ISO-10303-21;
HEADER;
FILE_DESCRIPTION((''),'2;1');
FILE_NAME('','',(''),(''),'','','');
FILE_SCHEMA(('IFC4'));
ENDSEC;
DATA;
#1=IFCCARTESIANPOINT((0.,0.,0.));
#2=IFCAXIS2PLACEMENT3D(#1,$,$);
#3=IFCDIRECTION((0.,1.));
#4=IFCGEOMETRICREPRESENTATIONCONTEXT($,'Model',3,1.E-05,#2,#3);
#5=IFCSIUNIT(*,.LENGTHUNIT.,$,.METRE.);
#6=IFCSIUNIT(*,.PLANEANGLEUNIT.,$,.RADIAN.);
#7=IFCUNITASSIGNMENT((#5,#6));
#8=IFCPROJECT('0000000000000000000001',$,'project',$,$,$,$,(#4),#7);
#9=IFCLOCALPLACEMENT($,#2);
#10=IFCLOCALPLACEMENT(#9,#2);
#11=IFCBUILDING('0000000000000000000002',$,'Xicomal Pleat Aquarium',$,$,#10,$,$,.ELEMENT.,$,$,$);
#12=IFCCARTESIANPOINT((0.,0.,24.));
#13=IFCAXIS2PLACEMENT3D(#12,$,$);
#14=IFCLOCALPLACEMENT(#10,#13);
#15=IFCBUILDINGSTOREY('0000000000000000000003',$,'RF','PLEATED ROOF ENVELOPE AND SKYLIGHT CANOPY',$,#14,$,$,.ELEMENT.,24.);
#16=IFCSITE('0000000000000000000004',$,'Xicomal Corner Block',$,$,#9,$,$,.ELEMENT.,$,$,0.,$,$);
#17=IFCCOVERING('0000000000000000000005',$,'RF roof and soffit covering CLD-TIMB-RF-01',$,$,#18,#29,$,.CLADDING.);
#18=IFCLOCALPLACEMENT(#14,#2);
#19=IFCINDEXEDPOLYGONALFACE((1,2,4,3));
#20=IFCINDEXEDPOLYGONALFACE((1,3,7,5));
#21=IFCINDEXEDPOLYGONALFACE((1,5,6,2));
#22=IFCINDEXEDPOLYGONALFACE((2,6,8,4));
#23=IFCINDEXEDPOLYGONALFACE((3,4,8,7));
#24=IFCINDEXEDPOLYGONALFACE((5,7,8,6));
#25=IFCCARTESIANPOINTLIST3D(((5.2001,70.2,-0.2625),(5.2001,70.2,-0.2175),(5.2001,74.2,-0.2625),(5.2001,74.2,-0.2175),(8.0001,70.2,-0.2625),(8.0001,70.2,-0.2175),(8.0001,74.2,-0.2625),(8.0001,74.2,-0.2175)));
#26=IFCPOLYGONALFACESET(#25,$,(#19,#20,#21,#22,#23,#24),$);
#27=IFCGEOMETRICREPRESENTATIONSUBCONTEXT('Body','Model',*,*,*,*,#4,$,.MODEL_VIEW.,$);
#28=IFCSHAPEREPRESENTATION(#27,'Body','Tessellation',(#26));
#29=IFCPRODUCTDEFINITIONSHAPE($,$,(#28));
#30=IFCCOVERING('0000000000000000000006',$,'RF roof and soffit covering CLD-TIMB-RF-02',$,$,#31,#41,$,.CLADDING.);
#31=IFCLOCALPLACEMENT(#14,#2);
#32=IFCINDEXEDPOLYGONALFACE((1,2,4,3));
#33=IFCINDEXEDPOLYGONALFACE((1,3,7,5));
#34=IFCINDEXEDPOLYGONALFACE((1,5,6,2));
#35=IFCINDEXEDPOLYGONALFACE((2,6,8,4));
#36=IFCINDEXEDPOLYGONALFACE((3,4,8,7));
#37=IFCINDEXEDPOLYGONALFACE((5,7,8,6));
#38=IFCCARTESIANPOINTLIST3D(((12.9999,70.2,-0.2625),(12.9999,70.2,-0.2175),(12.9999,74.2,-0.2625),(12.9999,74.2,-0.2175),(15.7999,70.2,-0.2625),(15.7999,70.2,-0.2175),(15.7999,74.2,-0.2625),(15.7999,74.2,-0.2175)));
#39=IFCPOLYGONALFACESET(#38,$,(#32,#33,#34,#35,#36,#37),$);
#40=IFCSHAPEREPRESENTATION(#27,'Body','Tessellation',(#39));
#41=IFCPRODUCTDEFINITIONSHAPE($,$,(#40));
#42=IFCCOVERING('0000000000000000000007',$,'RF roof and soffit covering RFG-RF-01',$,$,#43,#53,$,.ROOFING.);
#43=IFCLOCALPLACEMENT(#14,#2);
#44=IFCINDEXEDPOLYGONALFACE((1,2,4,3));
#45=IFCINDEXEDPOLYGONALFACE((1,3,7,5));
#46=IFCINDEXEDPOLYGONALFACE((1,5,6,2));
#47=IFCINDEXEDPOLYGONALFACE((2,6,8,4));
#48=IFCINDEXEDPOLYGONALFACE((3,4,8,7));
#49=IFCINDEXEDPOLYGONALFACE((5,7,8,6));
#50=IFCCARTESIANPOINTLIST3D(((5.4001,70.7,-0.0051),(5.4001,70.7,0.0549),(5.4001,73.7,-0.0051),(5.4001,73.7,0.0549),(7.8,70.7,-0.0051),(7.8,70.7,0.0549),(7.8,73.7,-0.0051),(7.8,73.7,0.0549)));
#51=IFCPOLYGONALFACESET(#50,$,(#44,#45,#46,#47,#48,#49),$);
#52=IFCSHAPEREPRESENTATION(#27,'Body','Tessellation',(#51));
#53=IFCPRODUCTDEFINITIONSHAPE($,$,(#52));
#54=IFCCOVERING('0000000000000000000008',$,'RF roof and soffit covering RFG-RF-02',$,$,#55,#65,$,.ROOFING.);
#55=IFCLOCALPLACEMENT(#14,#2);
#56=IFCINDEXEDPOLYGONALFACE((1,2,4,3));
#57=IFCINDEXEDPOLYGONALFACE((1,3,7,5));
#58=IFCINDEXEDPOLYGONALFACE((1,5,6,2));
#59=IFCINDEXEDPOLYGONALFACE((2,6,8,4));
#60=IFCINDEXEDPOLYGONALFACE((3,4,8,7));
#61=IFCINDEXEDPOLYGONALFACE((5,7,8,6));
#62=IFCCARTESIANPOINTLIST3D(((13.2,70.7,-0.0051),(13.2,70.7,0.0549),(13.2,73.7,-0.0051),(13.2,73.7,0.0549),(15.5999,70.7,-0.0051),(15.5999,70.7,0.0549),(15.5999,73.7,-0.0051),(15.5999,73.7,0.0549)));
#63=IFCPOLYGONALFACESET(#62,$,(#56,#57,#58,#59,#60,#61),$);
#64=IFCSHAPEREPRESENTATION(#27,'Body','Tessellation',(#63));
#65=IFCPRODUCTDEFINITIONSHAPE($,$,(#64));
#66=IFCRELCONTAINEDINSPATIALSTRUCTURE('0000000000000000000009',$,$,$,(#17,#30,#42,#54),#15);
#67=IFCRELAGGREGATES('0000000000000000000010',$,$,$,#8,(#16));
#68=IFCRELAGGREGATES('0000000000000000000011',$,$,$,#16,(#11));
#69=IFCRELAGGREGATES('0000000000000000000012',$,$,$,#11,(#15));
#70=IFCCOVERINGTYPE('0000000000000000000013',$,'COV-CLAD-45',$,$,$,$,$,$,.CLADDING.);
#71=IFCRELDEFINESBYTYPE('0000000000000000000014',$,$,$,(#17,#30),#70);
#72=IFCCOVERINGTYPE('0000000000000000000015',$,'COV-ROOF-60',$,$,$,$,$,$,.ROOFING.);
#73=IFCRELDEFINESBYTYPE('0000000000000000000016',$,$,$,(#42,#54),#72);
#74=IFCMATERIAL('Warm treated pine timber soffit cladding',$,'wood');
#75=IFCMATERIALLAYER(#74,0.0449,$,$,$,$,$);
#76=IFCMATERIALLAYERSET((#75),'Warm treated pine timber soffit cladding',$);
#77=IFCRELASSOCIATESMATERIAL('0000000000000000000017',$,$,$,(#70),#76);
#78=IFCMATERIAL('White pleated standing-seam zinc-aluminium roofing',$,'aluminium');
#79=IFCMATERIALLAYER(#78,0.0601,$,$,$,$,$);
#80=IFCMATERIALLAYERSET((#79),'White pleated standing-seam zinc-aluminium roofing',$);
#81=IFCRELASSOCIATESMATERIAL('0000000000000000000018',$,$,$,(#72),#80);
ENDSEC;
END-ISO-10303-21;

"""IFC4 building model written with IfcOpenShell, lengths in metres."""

from ifc_helpers import new_model, si_unit, direction, frame, origin, origin_2d, place, context, subcontext, project, spatial, rectangle, extrude, material, layer, layer_set, type_object, element, save


model = new_model("IFC4")

# Units and contexts
model_context = context("Model", 3, precision=1e-05, world=origin(), true_north=direction((0.0, 1.0)))
body_context = subcontext(model_context, "Body", "Model", "MODEL_VIEW")
ifc_project = project(units=[si_unit("LENGTHUNIT", "METRE"), si_unit("PLANEANGLEUNIT", "RADIAN")], contexts=[model_context])

# Site, building, storey
site_placement = place(None, origin())
site = spatial("IfcSite", under=ifc_project, at=site_placement, Name="Xicomal Corner Block", CompositionType="ELEMENT", RefElevation=0.0)
building_placement = place(site_placement, origin())
building = spatial("IfcBuilding", under=site, at=building_placement, Name="Xicomal Pleat Aquarium", CompositionType="ELEMENT")
storey_placement = place(building_placement, frame((0.0, 0.0, 24.0)))
storey = spatial("IfcBuildingStorey", under=building, at=storey_placement, Name="RF", Description="PLEATED ROOF ENVELOPE AND SKYLIGHT CANOPY", CompositionType="ELEMENT", Elevation=24.0)

# Coverings
ifc_material_1 = material(Name="Warm treated pine timber soffit cladding", Category="wood")
ifc_layer_1 = layer(ifc_material_1, 0.0449)
ifc_layer_set_1 = layer_set([ifc_layer_1], Name="Warm treated pine timber soffit cladding")
covering_type_1 = type_object("IfcCoveringType", Name="COV-CLAD-45", PredefinedType="CLADDING", material=ifc_layer_set_1)
for number, where, z_axis, x_axis, name in (
    (1, (6.6001, 72.2, -0.2625), (0.0, 0.0, 1.0), (1.0, 0.0, 0.0), "RF roof and soffit covering CLD-TIMB-RF-01"),
    (2, (14.3999, 72.2, -0.2625), (0.0, 0.0, 1.0), (1.0, 0.0, 0.0), "RF roof and soffit covering CLD-TIMB-RF-02"),
):
    element("IfcCovering", number, at=place(storey_placement, frame(where, z_axis=z_axis, x_axis=x_axis)), inside=storey, type_object=covering_type_1, Name=name, PredefinedType="CLADDING", context=body_context, shape_type="SweptSolid", body=[
        extrude(rectangle(XDim=2.8, YDim=4.0, at=origin_2d()), origin(), (0.0, 0.0, 1.0), 0.0449),
    ])
ifc_material_2 = material(Name="White pleated standing-seam zinc-aluminium roofing", Category="aluminium")
ifc_layer_2 = layer(ifc_material_2, 0.0601)
ifc_layer_set_2 = layer_set([ifc_layer_2], Name="White pleated standing-seam zinc-aluminium roofing")
covering_type_2 = type_object("IfcCoveringType", Name="COV-ROOF-60", PredefinedType="ROOFING", material=ifc_layer_set_2)
for number, where, z_axis, x_axis, name in (
    (3, (6.6001, 72.2, -0.0051), (0.0, 0.0, 1.0), (1.0, 0.0, 0.0), "RF roof and soffit covering RFG-RF-01"),
    (4, (14.3999, 72.2, -0.0051), (0.0, 0.0, 1.0), (1.0, 0.0, 0.0), "RF roof and soffit covering RFG-RF-02"),
):
    element("IfcCovering", number, at=place(storey_placement, frame(where, z_axis=z_axis, x_axis=x_axis)), inside=storey, type_object=covering_type_2, Name=name, PredefinedType="ROOFING", context=body_context, shape_type="SweptSolid", body=[
        extrude(rectangle(XDim=2.3999, YDim=3.0, at=origin_2d()), origin(), (0.0, 0.0, 1.0), 0.0601),
    ])

save(model, "model.ifc")
